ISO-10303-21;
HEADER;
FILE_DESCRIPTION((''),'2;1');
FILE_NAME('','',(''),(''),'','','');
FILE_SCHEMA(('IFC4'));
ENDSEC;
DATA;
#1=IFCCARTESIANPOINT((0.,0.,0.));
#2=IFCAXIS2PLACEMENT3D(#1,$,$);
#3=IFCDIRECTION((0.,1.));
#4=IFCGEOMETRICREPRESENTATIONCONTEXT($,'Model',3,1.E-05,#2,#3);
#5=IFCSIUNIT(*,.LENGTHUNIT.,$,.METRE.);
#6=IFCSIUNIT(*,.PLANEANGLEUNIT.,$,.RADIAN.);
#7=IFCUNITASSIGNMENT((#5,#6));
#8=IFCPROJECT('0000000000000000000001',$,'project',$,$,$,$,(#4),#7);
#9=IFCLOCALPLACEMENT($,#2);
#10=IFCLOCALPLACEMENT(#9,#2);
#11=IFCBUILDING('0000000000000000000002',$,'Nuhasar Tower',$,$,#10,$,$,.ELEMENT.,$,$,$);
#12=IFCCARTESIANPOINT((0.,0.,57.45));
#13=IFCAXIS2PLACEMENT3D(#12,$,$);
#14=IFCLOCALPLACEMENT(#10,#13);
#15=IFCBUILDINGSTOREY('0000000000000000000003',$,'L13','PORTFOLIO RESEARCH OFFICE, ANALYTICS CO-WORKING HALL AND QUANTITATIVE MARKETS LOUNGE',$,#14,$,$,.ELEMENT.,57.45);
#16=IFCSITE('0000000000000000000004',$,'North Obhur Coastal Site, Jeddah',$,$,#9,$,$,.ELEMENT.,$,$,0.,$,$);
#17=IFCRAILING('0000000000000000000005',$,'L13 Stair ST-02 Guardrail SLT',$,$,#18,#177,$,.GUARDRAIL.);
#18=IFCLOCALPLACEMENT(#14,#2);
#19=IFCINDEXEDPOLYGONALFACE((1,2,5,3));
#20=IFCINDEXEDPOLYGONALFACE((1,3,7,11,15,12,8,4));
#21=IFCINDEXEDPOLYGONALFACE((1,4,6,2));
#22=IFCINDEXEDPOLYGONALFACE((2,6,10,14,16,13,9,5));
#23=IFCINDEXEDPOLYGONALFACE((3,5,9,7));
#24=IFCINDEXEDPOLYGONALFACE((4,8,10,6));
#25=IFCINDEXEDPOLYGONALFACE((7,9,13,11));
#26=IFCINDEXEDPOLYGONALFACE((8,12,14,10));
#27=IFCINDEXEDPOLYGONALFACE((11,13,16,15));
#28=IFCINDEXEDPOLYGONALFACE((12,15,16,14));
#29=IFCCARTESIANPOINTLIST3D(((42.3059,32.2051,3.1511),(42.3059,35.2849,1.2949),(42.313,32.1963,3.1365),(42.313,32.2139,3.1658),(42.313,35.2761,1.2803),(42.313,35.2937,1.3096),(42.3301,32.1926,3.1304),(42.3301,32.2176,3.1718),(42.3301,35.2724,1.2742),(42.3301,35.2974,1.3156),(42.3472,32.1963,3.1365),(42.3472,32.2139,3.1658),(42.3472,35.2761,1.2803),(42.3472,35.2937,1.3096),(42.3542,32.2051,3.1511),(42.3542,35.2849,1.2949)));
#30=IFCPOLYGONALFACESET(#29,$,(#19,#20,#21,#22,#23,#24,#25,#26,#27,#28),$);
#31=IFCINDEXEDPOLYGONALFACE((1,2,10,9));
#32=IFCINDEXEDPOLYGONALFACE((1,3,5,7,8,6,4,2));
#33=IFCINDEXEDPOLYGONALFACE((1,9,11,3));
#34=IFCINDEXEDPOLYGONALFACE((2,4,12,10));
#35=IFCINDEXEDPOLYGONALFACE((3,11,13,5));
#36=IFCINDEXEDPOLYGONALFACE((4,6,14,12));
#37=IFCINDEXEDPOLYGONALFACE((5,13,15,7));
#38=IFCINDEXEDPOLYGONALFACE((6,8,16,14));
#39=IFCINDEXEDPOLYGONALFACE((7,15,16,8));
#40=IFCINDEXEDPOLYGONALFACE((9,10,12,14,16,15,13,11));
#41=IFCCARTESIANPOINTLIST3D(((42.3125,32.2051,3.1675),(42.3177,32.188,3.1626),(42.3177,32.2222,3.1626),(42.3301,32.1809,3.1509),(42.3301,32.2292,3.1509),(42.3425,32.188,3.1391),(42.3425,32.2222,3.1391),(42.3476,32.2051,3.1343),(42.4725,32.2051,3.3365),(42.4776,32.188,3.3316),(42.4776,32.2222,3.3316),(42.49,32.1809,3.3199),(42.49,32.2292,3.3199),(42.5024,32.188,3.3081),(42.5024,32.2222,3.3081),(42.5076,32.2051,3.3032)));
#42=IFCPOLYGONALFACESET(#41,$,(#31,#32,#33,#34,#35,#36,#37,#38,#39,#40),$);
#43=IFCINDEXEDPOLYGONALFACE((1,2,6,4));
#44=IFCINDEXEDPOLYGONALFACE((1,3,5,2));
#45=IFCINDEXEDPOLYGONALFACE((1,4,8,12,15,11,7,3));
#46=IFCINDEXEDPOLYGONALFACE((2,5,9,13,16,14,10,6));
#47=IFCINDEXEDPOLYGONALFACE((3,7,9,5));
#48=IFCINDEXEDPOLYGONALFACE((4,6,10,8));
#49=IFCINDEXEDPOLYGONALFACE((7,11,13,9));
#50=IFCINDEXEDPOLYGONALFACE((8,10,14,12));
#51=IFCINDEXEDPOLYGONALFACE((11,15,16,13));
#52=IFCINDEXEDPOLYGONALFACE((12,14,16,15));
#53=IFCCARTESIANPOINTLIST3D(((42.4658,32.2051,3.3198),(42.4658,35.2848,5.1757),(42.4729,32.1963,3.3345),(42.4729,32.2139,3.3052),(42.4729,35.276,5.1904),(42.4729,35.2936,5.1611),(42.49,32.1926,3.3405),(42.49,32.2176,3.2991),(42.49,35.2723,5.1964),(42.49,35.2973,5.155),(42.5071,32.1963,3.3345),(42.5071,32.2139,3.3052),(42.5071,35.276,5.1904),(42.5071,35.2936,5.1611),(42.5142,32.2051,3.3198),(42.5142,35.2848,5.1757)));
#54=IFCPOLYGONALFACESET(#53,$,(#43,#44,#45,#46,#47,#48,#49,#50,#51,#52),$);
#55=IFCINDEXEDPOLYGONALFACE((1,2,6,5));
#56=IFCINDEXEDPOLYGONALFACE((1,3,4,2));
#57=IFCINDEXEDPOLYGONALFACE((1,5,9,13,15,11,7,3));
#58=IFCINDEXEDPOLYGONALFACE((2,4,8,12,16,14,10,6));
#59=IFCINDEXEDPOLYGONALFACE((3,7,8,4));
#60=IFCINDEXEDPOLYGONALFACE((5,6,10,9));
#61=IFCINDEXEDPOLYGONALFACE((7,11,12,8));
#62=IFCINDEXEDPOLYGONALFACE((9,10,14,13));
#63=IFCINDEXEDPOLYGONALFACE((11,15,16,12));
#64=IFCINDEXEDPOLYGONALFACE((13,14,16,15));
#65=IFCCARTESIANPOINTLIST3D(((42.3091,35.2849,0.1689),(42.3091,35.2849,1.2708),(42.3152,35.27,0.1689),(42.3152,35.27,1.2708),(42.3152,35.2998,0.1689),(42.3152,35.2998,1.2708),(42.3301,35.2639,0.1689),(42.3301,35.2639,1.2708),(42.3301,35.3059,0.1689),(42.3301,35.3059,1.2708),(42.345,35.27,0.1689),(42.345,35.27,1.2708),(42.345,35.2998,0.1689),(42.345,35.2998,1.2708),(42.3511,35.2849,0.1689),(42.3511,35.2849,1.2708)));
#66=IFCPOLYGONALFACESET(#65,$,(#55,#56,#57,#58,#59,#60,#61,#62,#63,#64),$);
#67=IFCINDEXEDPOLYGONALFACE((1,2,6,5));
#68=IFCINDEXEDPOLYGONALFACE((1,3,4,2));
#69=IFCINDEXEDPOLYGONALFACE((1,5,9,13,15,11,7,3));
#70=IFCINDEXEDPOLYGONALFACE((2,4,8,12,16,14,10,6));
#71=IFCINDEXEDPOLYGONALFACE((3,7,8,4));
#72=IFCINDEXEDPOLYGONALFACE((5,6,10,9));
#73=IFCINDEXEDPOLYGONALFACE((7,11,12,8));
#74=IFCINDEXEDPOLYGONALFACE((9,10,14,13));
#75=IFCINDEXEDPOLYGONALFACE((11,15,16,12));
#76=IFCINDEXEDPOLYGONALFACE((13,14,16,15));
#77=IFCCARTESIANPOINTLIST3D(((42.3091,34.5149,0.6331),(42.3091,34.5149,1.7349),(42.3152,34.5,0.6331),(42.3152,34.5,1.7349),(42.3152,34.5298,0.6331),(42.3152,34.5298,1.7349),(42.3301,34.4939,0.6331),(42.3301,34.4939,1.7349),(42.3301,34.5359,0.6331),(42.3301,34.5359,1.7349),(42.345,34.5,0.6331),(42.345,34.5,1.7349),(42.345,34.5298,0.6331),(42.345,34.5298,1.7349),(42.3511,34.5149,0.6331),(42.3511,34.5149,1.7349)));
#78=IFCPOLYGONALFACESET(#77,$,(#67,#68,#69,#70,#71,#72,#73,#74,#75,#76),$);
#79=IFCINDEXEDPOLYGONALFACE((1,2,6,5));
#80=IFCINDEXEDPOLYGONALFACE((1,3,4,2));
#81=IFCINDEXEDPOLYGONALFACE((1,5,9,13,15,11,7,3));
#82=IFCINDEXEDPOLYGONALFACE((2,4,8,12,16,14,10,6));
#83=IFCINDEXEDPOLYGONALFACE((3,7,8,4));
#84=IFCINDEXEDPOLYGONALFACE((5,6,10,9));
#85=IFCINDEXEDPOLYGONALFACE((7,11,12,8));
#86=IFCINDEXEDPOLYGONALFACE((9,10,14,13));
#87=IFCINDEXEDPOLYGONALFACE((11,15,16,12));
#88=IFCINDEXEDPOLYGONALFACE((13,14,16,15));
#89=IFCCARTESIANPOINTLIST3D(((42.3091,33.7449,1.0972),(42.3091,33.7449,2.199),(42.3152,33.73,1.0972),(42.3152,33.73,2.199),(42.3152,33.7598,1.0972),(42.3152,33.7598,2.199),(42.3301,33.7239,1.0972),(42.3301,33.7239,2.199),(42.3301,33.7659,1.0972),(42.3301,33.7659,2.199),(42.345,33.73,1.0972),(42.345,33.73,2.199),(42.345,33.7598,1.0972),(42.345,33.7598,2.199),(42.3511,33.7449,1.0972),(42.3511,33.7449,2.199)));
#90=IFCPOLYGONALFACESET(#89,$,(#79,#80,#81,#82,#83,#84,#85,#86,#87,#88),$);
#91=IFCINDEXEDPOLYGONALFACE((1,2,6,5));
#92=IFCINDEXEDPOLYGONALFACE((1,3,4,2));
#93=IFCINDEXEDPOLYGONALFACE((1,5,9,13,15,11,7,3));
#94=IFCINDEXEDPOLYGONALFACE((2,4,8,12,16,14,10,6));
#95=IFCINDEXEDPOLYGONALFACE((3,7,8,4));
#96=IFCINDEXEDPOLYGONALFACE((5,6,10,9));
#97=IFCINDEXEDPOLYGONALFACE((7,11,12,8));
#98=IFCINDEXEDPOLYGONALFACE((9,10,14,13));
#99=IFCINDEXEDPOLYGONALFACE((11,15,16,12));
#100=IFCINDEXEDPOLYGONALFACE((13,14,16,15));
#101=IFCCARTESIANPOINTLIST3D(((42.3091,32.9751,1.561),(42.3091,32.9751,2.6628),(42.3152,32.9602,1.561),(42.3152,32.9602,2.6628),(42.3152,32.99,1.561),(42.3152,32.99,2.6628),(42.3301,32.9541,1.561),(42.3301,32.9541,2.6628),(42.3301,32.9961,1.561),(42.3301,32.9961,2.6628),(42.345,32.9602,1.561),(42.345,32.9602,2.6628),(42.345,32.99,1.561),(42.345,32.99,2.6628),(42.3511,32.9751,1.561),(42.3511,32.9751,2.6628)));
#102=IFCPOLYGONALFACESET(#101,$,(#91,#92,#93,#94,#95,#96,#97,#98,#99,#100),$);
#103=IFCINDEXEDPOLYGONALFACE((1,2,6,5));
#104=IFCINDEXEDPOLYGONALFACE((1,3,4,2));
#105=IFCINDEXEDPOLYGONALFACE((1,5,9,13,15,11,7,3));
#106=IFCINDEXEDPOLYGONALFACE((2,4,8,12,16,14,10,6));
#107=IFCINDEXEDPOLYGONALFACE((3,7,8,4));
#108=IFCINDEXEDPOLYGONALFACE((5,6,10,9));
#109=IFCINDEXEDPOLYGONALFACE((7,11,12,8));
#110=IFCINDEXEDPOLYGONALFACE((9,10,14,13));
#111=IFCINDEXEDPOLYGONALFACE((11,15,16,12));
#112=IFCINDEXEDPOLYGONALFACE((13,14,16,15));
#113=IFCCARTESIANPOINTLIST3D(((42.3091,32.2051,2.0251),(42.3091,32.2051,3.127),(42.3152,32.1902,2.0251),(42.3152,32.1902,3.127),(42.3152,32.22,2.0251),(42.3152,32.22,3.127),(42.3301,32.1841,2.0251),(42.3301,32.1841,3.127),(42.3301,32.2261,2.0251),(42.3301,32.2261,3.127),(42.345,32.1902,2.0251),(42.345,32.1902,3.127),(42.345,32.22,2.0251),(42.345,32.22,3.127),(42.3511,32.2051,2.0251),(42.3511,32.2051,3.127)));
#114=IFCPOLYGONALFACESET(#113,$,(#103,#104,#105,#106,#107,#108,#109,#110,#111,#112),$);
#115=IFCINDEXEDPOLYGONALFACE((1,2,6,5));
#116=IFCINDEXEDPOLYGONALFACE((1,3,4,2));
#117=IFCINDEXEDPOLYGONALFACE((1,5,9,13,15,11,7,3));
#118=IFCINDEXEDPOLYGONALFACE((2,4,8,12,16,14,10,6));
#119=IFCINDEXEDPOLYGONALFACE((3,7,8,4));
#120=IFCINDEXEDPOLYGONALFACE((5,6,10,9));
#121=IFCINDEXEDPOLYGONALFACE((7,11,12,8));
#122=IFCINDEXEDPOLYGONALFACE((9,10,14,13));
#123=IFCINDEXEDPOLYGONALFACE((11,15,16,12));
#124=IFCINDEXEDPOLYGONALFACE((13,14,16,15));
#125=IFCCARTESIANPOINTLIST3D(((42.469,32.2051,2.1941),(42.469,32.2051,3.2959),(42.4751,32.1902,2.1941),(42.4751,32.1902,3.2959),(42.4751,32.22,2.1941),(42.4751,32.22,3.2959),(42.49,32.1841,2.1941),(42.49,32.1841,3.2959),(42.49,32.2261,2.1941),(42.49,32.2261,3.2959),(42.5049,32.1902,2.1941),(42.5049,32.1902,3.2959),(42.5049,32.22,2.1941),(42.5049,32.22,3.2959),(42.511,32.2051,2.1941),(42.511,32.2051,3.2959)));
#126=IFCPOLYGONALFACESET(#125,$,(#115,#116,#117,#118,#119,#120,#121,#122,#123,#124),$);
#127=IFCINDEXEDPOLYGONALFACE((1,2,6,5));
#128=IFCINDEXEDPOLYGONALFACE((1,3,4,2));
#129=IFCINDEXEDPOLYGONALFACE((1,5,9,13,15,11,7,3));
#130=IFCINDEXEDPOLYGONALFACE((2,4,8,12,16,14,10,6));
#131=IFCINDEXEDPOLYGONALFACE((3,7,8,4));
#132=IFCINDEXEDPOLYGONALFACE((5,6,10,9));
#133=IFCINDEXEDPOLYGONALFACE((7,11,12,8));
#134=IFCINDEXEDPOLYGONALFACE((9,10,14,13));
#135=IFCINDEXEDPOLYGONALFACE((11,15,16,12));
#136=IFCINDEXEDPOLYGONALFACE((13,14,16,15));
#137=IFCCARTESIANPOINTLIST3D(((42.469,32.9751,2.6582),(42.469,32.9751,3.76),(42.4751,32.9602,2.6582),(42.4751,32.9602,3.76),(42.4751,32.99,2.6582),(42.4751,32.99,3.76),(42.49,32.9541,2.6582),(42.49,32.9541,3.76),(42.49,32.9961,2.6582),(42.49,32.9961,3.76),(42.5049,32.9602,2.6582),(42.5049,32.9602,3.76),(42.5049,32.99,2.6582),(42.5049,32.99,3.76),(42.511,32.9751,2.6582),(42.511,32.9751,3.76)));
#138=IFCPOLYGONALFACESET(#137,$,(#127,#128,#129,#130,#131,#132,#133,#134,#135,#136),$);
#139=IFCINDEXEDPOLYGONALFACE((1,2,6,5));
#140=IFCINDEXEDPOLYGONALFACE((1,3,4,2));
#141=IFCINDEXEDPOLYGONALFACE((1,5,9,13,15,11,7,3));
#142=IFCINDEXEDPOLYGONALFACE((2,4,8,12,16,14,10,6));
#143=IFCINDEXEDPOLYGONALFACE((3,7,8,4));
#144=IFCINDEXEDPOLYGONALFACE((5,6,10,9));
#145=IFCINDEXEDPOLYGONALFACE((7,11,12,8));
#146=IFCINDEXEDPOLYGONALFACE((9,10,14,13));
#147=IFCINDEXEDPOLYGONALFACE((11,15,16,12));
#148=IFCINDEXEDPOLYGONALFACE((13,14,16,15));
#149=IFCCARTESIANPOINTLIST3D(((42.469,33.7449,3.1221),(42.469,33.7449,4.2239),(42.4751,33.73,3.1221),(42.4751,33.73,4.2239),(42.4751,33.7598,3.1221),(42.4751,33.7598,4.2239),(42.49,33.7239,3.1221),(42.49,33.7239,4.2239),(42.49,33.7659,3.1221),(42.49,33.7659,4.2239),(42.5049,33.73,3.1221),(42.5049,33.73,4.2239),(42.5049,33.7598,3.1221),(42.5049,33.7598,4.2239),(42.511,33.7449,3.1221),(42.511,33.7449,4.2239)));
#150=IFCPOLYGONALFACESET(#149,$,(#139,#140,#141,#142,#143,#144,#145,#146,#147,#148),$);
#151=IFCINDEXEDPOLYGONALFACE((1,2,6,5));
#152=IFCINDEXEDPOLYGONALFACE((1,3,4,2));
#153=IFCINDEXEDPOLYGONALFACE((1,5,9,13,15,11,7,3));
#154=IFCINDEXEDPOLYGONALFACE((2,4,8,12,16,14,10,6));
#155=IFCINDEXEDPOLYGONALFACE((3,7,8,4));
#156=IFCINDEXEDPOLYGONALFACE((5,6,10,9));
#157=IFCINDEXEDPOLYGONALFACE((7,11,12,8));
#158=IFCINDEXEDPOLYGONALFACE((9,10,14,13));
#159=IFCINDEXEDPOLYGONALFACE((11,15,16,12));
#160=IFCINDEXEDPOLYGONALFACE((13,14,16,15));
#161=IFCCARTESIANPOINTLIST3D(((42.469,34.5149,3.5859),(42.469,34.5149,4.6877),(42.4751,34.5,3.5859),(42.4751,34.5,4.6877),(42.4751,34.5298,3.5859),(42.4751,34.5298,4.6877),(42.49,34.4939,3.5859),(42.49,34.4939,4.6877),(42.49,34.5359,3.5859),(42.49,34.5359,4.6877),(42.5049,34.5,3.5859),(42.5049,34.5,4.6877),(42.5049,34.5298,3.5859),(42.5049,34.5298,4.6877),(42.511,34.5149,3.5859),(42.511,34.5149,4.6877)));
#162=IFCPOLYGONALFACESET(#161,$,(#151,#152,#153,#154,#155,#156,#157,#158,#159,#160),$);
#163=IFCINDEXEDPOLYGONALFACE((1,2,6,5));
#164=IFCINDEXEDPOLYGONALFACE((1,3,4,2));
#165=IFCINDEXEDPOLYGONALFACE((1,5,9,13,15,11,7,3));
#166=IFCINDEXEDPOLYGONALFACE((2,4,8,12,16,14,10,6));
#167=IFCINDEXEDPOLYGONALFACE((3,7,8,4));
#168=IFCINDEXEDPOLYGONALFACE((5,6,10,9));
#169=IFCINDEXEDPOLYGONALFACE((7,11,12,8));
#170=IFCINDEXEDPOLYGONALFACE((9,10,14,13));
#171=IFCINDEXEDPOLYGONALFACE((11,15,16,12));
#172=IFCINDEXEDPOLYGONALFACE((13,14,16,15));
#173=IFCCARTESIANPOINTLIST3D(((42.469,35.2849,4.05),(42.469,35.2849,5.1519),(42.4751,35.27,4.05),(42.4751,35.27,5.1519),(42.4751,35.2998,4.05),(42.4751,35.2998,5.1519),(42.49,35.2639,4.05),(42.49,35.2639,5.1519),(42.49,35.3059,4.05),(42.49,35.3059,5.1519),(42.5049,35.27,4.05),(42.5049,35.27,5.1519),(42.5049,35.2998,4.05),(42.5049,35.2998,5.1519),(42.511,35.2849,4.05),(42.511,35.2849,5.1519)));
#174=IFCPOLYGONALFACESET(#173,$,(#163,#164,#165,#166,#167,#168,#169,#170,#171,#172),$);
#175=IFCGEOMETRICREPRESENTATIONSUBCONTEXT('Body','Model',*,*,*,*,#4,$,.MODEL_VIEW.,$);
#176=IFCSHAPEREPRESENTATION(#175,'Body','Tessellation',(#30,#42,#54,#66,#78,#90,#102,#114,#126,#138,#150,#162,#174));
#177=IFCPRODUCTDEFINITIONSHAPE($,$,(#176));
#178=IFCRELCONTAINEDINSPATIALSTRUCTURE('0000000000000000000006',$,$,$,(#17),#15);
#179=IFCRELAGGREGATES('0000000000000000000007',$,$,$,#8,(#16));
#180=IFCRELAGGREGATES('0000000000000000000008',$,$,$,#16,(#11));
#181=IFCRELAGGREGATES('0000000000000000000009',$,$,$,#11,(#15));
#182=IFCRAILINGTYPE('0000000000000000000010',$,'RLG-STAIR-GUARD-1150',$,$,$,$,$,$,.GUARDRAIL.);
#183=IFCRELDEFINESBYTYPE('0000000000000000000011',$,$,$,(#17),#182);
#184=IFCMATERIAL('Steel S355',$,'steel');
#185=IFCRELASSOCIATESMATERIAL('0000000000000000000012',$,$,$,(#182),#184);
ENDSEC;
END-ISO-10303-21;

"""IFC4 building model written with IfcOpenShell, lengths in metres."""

from ifc_helpers import new_model, si_unit, direction, frame, origin, place, context, subcontext, project, spatial, polyline, outline, extrude, material, type_object, element, save


model = new_model("IFC4")

# Units and contexts
model_context = context("Model", 3, precision=1e-05, world=origin(), true_north=direction((0.0, 1.0)))
body_context = subcontext(model_context, "Body", "Model", "MODEL_VIEW")
ifc_project = project(units=[si_unit("LENGTHUNIT", "METRE"), si_unit("PLANEANGLEUNIT", "RADIAN")], contexts=[model_context])

# Site, building, storey
site_placement = place(None, origin())
site = spatial("IfcSite", under=ifc_project, at=site_placement, Name="North Obhur Coastal Site, Jeddah", CompositionType="ELEMENT", RefElevation=0.0)
building_placement = place(site_placement, origin())
building = spatial("IfcBuilding", under=site, at=building_placement, Name="Nuhasar Tower", CompositionType="ELEMENT")
storey_placement = place(building_placement, frame((0.0, 0.0, 57.45)))
storey = spatial("IfcBuildingStorey", under=building, at=storey_placement, Name="L13", Description="PORTFOLIO RESEARCH OFFICE, ANALYTICS CO-WORKING HALL AND QUANTITATIVE MARKETS LOUNGE", CompositionType="ELEMENT", Elevation=57.45)

# Shared definitions
ifc_material_1 = material(Name="Steel S355", Category="steel")

# Railing
railing_type_1 = type_object("IfcRailingType", Name="RLG-STAIR-GUARD-1150", PredefinedType="GUARDRAIL", material=ifc_material_1)
railing_1_placement = place(storey_placement, frame((42.3301, 35.2849, 0.1689)))
element("IfcRailing", 1, at=railing_1_placement, inside=storey, type_object=railing_type_1, Name="L13 Stair ST-02 Guardrail SLT", PredefinedType="GUARDRAIL", context=body_context, shape_type="SweptSolid", body=[
    extrude(outline(polyline([(0.0242, 0.0), (0.0171, 0.0171), (0.0, 0.0242), (-0.0171, 0.0171), (-0.0242, 0.0), (-0.0171, -0.0171), (0.0, -0.0242), (0.0171, -0.0171), (0.0242, 0.0)])), frame((0.0, 0.0, 1.126), z_axis=(0.0, -0.856473, 0.516192), x_axis=(1.0, 0.0, 0.0)), (0.0, 0.0, 1.0), 3.5959),
    extrude(outline(polyline([(0.0242, 0.0), (0.0171, 0.0171), (0.0, 0.0242), (-0.0171, 0.0171), (-0.0242, 0.0), (-0.0171, -0.0171), (0.0, -0.0242), (0.0171, -0.0171), (0.0242, 0.0)])), frame((0.0, -3.0798, 2.9819), z_axis=(0.687424, 0.0, 0.726256), x_axis=(0.0, 1.0, 0.0)), (0.0, 0.0, 1.0), 0.2327),
    extrude(outline(polyline([(0.0242, 0.0), (0.0171, 0.0171), (0.0, 0.0242), (-0.0171, 0.0171), (-0.0242, 0.0), (-0.0171, -0.0171), (0.0, -0.0242), (0.0171, -0.0171), (0.0242, 0.0)])), frame((0.1599, -3.0798, 3.1509), z_axis=(0.0, 0.856503, 0.516142), x_axis=(-1.0, 0.0, 0.0)), (0.0, 0.0, 1.0), 3.5957),
    extrude(outline(polyline([(0.021, 0.0), (0.0149, 0.0149), (0.0, 0.021), (-0.0149, 0.0149), (-0.021, 0.0), (-0.0149, -0.0149), (0.0, -0.021), (0.0149, -0.0149), (0.021, 0.0)])), origin(), (0.0, 0.0, 1.0), 1.1018),
    extrude(outline(polyline([(0.021, 0.0), (0.0149, 0.0149), (0.0, 0.021), (-0.0149, 0.0149), (-0.021, 0.0), (-0.0149, -0.0149), (0.0, -0.021), (0.0149, -0.0149), (0.021, 0.0)])), frame((0.0, -0.77, 0.4641)), (0.0, 0.0, 1.0), 1.1018),
    extrude(outline(polyline([(0.021, 0.0), (0.0149, 0.0149), (0.0, 0.021), (-0.0149, 0.0149), (-0.021, 0.0), (-0.0149, -0.0149), (0.0, -0.021), (0.0149, -0.0149), (0.021, 0.0)])), frame((0.0, -1.54, 0.9282)), (0.0, 0.0, 1.0), 1.1018),
    extrude(outline(polyline([(0.021, 0.0), (0.0149, 0.0149), (0.0, 0.021), (-0.0149, 0.0149), (-0.021, 0.0), (-0.0149, -0.0149), (0.0, -0.021), (0.0149, -0.0149), (0.021, 0.0)])), frame((0.0, -2.3098, 1.3921)), (0.0, 0.0, 1.0), 1.1018),
    extrude(outline(polyline([(0.021, 0.0), (0.0149, 0.0149), (0.0, 0.021), (-0.0149, 0.0149), (-0.021, 0.0), (-0.0149, -0.0149), (0.0, -0.021), (0.0149, -0.0149), (0.021, 0.0)])), frame((0.0, -3.0798, 1.8562)), (0.0, 0.0, 1.0), 1.1018),
    extrude(outline(polyline([(0.021, 0.0), (0.0149, 0.0149), (0.0, 0.021), (-0.0149, 0.0149), (-0.021, 0.0), (-0.0149, -0.0149), (0.0, -0.021), (0.0149, -0.0149), (0.021, 0.0)])), frame((0.1599, -3.0798, 2.0251)), (0.0, 0.0, 1.0), 1.1018),
    extrude(outline(polyline([(0.021, 0.0), (0.0149, 0.0149), (0.0, 0.021), (-0.0149, 0.0149), (-0.021, 0.0), (-0.0149, -0.0149), (0.0, -0.021), (0.0149, -0.0149), (0.021, 0.0)])), frame((0.1599, -2.3098, 2.4893)), (0.0, 0.0, 1.0), 1.1018),
    extrude(outline(polyline([(0.021, 0.0), (0.0149, 0.0149), (0.0, 0.021), (-0.0149, 0.0149), (-0.021, 0.0), (-0.0149, -0.0149), (0.0, -0.021), (0.0149, -0.0149), (0.021, 0.0)])), frame((0.1599, -1.54, 2.9531)), (0.0, 0.0, 1.0), 1.1018),
    extrude(outline(polyline([(0.021, 0.0), (0.0149, 0.0149), (0.0, 0.021), (-0.0149, 0.0149), (-0.021, 0.0), (-0.0149, -0.0149), (0.0, -0.021), (0.0149, -0.0149), (0.021, 0.0)])), frame((0.1599, -0.77, 3.417)), (0.0, 0.0, 1.0), 1.1018),
    extrude(outline(polyline([(0.021, 0.0), (0.0149, 0.0149), (0.0, 0.021), (-0.0149, 0.0149), (-0.021, 0.0), (-0.0149, -0.0149), (0.0, -0.021), (0.0149, -0.0149), (0.021, 0.0)])), frame((0.1599, 0.0, 3.8811)), (0.0, 0.0, 1.0), 1.1018),
])

save(model, "model.ifc")
